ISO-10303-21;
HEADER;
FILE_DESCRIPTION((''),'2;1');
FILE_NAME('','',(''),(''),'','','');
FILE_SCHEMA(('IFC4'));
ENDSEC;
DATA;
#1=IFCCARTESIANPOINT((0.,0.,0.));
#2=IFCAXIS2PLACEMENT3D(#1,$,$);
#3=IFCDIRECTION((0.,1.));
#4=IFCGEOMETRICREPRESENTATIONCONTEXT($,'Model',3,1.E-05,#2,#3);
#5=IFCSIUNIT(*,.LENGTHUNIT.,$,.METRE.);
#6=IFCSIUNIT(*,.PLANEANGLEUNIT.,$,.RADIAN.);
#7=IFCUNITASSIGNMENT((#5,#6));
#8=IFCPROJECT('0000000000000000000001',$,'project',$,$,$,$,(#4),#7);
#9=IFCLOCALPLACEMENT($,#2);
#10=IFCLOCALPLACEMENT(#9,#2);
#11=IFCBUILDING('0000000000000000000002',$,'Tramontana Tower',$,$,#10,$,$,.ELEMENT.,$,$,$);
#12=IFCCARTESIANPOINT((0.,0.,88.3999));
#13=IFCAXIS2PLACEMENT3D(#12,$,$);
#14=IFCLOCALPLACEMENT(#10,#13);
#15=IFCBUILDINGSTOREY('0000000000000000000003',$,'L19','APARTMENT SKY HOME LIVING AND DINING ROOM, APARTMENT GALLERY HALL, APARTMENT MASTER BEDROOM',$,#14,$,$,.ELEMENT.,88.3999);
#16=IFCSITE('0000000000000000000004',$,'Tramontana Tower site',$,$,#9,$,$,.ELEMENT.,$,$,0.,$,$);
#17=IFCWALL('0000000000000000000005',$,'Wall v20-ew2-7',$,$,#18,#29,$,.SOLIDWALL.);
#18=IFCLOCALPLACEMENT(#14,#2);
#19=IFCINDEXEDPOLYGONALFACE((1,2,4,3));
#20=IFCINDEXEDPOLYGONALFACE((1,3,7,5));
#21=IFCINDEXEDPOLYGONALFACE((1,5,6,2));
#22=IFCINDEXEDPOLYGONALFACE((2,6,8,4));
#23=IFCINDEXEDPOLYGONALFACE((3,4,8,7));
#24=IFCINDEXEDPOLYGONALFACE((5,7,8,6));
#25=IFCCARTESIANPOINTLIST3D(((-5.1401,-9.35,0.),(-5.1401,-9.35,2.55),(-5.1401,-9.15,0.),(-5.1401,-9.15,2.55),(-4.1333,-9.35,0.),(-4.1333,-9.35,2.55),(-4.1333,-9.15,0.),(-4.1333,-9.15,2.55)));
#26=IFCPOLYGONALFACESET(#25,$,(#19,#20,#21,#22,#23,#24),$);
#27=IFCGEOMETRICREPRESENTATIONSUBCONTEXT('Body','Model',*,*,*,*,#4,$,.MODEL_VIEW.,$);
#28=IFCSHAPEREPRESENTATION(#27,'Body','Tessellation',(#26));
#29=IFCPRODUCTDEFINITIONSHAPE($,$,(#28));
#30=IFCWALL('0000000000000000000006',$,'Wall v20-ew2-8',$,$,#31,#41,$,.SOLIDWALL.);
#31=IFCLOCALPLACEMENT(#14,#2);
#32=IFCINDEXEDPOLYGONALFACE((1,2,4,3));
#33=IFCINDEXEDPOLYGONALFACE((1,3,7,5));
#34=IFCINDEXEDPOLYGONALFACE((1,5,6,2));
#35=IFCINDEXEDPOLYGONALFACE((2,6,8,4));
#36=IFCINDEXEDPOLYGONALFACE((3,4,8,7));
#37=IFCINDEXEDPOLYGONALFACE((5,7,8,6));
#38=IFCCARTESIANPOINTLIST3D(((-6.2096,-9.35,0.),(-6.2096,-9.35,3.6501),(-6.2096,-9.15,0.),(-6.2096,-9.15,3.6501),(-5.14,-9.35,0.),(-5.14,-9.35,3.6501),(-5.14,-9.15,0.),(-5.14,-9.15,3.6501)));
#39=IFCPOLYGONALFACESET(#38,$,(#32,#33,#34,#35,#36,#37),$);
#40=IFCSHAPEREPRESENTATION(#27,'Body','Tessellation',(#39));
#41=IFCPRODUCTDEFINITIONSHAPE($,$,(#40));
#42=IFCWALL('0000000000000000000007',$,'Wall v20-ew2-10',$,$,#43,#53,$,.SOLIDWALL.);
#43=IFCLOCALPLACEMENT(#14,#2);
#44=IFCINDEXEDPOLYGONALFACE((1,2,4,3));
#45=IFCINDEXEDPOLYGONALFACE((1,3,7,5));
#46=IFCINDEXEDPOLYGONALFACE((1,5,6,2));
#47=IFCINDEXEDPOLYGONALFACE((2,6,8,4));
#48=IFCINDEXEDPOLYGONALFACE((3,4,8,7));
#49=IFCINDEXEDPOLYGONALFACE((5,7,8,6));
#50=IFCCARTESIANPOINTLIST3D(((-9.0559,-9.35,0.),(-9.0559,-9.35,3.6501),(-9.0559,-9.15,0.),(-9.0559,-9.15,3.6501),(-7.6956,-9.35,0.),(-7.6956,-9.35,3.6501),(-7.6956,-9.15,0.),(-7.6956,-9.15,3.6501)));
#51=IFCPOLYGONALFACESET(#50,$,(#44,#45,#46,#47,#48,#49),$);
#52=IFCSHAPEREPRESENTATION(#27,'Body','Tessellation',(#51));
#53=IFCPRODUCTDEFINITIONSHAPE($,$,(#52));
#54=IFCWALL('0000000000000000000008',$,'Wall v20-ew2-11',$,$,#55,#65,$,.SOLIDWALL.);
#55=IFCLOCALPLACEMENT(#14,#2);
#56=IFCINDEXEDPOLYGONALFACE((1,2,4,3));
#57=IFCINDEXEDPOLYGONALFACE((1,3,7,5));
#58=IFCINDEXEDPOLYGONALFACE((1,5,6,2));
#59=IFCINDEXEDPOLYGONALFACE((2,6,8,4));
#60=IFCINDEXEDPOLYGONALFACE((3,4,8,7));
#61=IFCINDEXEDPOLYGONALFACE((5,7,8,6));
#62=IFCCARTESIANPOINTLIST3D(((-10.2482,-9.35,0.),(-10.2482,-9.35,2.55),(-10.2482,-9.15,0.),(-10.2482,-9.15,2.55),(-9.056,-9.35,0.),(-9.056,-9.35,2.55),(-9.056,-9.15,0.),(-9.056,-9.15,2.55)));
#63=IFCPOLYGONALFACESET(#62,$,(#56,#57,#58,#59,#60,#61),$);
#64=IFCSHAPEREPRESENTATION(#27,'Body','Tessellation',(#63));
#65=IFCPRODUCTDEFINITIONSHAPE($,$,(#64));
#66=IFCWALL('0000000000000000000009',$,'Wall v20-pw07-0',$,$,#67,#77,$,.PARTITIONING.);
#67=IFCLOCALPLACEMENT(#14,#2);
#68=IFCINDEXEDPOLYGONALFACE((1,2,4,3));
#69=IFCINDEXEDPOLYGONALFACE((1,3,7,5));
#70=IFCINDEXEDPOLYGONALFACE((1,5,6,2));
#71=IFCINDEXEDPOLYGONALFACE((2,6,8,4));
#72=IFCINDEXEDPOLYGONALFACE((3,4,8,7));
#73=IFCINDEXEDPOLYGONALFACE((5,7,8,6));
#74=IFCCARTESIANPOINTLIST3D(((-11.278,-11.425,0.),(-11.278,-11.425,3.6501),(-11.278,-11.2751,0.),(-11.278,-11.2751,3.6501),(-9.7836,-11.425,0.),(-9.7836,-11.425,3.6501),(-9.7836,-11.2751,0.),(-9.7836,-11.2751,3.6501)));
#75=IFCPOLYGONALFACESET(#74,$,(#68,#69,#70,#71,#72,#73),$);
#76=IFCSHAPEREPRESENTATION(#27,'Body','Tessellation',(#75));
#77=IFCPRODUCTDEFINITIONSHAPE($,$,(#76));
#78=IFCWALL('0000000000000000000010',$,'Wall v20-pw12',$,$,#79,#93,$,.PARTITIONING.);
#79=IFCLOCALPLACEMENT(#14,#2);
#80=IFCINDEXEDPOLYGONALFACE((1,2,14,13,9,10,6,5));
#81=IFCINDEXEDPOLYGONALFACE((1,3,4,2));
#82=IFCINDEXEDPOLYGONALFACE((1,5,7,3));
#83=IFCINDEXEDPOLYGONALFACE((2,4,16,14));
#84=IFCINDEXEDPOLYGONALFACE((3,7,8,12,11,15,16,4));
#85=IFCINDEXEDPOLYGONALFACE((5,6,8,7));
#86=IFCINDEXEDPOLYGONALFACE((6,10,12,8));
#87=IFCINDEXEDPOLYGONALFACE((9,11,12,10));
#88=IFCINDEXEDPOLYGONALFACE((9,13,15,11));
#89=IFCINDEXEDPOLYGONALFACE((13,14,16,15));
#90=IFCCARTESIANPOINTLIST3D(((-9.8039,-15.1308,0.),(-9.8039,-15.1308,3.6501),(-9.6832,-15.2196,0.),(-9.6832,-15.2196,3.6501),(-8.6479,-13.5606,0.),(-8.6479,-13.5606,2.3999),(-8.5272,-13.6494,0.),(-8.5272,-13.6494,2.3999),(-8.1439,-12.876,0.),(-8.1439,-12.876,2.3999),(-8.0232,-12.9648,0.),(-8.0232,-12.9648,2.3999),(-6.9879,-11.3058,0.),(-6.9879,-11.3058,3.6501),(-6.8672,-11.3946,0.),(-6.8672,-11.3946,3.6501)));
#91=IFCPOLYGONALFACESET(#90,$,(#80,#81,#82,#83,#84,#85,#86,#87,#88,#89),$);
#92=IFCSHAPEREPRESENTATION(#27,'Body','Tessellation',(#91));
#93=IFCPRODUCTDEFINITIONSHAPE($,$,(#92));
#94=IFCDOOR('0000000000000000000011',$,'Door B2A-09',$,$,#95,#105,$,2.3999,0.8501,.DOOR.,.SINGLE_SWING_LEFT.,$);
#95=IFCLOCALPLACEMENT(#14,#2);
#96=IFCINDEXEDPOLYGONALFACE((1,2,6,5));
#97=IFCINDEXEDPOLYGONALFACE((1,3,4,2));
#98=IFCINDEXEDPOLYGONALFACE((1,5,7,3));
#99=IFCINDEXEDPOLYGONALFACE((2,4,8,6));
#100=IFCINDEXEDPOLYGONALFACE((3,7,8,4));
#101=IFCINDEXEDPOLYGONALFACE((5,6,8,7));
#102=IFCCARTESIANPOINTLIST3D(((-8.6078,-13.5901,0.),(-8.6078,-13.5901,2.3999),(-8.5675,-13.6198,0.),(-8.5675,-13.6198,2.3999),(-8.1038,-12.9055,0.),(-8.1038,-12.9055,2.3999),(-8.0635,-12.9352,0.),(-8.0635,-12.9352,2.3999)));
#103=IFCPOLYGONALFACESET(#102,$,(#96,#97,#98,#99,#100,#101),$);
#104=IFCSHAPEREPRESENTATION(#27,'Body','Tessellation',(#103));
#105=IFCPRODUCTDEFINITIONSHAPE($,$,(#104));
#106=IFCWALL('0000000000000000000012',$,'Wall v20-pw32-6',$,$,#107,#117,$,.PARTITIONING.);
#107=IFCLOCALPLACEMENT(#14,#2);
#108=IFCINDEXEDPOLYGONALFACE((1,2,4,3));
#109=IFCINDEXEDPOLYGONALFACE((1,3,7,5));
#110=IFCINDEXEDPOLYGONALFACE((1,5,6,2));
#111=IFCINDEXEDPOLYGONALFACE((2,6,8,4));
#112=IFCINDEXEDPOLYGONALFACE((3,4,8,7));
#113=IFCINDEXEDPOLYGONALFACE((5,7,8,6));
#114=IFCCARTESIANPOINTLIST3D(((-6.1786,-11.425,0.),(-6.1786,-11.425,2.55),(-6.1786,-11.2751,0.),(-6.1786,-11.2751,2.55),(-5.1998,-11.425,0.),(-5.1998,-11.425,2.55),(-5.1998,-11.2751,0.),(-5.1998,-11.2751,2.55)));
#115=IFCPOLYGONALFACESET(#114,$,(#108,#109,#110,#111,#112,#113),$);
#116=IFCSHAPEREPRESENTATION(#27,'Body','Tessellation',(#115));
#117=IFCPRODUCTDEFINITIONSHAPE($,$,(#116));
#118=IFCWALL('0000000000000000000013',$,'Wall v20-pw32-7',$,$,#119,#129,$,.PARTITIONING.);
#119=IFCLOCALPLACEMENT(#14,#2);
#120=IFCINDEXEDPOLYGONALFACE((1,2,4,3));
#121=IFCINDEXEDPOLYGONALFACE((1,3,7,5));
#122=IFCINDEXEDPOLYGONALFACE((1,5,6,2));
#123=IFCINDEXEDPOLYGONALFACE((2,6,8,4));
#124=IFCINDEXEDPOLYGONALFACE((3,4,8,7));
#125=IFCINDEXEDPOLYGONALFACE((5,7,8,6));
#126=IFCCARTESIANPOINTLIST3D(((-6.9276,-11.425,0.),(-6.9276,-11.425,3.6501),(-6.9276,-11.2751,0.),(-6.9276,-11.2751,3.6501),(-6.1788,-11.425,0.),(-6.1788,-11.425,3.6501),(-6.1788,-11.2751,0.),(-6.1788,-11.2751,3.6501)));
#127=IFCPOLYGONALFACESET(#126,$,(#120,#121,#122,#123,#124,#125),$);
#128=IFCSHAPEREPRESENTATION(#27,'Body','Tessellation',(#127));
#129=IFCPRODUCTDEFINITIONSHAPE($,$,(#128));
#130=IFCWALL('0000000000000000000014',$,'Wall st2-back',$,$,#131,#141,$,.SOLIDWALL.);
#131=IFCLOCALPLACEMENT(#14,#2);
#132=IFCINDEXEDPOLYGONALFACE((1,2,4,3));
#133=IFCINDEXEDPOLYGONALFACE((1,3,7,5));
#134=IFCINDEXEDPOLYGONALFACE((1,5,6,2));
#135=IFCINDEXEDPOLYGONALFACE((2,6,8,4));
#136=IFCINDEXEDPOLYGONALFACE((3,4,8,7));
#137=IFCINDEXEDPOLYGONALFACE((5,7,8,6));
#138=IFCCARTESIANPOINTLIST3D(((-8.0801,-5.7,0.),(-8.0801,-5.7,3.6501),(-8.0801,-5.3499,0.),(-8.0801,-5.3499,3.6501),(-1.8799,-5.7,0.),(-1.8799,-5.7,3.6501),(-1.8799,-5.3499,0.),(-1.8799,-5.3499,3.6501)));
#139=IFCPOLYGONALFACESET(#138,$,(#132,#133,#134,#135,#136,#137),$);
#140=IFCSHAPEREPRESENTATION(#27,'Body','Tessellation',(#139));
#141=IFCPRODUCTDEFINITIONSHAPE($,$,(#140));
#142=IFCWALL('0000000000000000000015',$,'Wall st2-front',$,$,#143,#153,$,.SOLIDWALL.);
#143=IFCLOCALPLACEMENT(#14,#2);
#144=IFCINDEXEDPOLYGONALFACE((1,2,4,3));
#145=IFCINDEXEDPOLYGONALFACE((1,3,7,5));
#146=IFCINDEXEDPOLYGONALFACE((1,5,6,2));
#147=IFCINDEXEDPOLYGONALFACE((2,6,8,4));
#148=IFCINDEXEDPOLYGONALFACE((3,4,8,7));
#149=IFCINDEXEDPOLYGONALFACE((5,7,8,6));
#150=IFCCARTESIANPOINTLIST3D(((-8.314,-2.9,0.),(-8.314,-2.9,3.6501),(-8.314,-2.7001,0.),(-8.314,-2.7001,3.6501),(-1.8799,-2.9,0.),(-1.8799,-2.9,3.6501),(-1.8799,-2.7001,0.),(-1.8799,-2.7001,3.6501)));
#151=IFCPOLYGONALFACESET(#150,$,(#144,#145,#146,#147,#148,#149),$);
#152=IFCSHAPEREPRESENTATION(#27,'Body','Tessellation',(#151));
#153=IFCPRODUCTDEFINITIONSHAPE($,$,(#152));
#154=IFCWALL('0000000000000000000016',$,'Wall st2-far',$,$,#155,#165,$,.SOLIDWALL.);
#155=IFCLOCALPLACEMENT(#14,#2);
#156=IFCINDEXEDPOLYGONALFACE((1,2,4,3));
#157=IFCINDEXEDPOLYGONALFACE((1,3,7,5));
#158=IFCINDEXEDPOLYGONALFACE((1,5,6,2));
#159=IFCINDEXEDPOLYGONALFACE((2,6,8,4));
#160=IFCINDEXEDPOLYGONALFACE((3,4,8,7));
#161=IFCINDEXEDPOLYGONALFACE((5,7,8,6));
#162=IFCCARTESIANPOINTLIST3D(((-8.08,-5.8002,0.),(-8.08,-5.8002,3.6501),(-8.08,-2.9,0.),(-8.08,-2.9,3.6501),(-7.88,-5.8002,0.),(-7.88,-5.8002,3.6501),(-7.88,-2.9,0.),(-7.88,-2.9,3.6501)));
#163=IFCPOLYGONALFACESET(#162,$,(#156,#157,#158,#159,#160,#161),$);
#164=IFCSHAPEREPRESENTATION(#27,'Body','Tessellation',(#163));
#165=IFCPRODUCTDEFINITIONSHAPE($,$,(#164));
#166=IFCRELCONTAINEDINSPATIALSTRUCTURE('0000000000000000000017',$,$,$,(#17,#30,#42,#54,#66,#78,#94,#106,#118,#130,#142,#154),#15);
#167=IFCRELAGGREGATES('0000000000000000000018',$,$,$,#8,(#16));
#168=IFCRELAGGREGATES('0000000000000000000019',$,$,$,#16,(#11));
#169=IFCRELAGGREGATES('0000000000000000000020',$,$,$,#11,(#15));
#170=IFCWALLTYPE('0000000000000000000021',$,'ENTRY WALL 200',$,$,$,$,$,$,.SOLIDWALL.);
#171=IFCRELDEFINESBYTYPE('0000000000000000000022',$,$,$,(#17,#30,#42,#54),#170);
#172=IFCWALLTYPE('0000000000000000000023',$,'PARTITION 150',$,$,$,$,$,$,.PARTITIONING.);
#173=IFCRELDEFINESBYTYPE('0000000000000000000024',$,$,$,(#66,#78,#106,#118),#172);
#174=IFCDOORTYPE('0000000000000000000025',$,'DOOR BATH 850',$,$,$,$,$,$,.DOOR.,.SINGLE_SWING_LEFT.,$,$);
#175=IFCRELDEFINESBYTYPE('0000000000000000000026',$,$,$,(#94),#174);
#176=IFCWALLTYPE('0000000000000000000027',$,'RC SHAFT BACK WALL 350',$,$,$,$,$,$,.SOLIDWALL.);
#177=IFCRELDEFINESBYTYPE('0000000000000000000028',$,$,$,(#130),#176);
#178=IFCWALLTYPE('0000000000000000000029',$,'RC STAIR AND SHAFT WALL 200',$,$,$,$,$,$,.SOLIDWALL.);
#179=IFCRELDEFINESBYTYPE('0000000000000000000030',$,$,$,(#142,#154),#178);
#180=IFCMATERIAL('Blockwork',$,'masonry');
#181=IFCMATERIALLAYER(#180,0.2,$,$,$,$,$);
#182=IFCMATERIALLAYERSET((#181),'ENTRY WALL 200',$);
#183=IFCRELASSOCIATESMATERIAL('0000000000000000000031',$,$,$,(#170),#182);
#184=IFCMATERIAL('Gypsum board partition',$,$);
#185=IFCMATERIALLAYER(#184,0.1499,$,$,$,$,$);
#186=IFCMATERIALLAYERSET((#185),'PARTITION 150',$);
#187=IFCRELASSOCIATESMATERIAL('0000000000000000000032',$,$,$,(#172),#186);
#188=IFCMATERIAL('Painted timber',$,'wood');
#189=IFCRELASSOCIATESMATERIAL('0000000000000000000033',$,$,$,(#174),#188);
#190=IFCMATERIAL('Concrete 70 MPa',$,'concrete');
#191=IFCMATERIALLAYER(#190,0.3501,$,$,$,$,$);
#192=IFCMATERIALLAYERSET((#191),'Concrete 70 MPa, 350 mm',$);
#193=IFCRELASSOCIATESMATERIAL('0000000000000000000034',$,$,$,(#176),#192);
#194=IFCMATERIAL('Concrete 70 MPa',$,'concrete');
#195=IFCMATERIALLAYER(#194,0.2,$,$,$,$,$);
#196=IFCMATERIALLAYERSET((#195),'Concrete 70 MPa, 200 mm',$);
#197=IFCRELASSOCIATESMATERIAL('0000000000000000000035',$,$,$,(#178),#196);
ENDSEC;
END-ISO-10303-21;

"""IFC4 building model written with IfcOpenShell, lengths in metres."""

from ifc_helpers import new_model, si_unit, direction, frame, frame_2d, origin, place, context, subcontext, project, spatial, rectangle, extrude, material, layer, layer_set, type_object, element, fill, save


model = new_model("IFC4")

# Units and contexts
model_context = context("Model", 3, precision=1e-05, world=origin(), true_north=direction((0.0, 1.0)))
body_context = subcontext(model_context, "Body", "Model", "MODEL_VIEW")
ifc_project = project(units=[si_unit("LENGTHUNIT", "METRE"), si_unit("PLANEANGLEUNIT", "RADIAN")], contexts=[model_context])

# Site, building, storey
site_placement = place(None, origin())
site = spatial("IfcSite", under=ifc_project, at=site_placement, Name="Tramontana Tower site", CompositionType="ELEMENT", RefElevation=0.0)
building_placement = place(site_placement, origin())
building = spatial("IfcBuilding", under=site, at=building_placement, Name="Tramontana Tower", CompositionType="ELEMENT")
storey_placement = place(building_placement, frame((0.0, 0.0, 88.3999)))
storey = spatial("IfcBuildingStorey", under=building, at=storey_placement, Name="L19", Description="APARTMENT SKY HOME LIVING AND DINING ROOM, APARTMENT GALLERY HALL, APARTMENT MASTER BEDROOM", CompositionType="ELEMENT", Elevation=88.3999)

# Walls
ifc_material_1 = material(Name="Blockwork", Category="masonry")
ifc_layer_1 = layer(ifc_material_1, 0.2)
ifc_layer_set_1 = layer_set([ifc_layer_1], Name="ENTRY WALL 200")
wall_type_1 = type_object("IfcWallType", Name="ENTRY WALL 200", PredefinedType="SOLIDWALL", material=ifc_layer_set_1)
wall_1_placement = place(storey_placement, frame((-4.1333, -9.25, 0.0), z_axis=(0.0, 0.0, 1.0), x_axis=(-1.0, 0.0, 0.0)))
element("IfcWall", 1, at=wall_1_placement, inside=storey, type_object=wall_type_1, Name="Wall v20-ew2-7", PredefinedType="SOLIDWALL", context=body_context, shape_type="SweptSolid", body=[
    extrude(rectangle(XDim=1.0068, YDim=0.2, at=frame_2d((0.5034, 0.0))), origin(), (0.0, 0.0, 1.0), 2.55),
])
wall_2_placement = place(storey_placement, frame((-5.1401, -9.25, 0.0), z_axis=(0.0, 0.0, 1.0), x_axis=(-1.0, 0.0, 0.0)))
element("IfcWall", 2, at=wall_2_placement, inside=storey, type_object=wall_type_1, Name="Wall v20-ew2-8", PredefinedType="SOLIDWALL", context=body_context, shape_type="SweptSolid", body=[
    extrude(rectangle(XDim=1.0696, YDim=0.2, at=frame_2d((0.5347, 0.0))), origin(), (0.0, 0.0, 1.0), 3.6501),
])

# Walls
wall_3_placement = place(storey_placement, frame((-7.6956, -9.25, 0.0), z_axis=(0.0, 0.0, 1.0), x_axis=(-1.0, 0.0, 0.0)))
element("IfcWall", 3, at=wall_3_placement, inside=storey, type_object=wall_type_1, Name="Wall v20-ew2-10", PredefinedType="SOLIDWALL", context=body_context, shape_type="SweptSolid", body=[
    extrude(rectangle(XDim=1.3604, YDim=0.2, at=frame_2d((0.6802, 0.0))), origin(), (0.0, 0.0, 1.0), 3.6501),
])
wall_4_placement = place(storey_placement, frame((-9.0559, -9.25, 0.0), z_axis=(0.0, 0.0, 1.0), x_axis=(-1.0, 0.0, 0.0)))
element("IfcWall", 4, at=wall_4_placement, inside=storey, type_object=wall_type_1, Name="Wall v20-ew2-11", PredefinedType="SOLIDWALL", context=body_context, shape_type="SweptSolid", body=[
    extrude(rectangle(XDim=1.1921, YDim=0.2, at=frame_2d((0.5962, 0.0))), origin(), (0.0, 0.0, 1.0), 2.55),
])
ifc_material_2 = material(Name="Gypsum board partition")
ifc_layer_2 = layer(ifc_material_2, 0.1499)
ifc_layer_set_2 = layer_set([ifc_layer_2], Name="PARTITION 150")
wall_type_2 = type_object("IfcWallType", Name="PARTITION 150", PredefinedType="PARTITIONING", material=ifc_layer_set_2)
wall_5_placement = place(storey_placement, frame((-9.7837, -11.3501, 0.0), z_axis=(0.0, 0.0, 1.0), x_axis=(-1.0, 0.0, 0.0)))
element("IfcWall", 5, at=wall_5_placement, inside=storey, type_object=wall_type_2, Name="Wall v20-pw07-0", PredefinedType="PARTITIONING", context=body_context, shape_type="SweptSolid", body=[
    extrude(rectangle(XDim=1.4944, YDim=0.1499, at=frame_2d((0.7471, 0.0))), origin(), (0.0, 0.0, 1.0), 3.6501),
])

# Wall, opening, door
wall_6_placement = place(storey_placement, frame((-6.9275, -11.3501, 0.0), z_axis=(0.0, 0.0, 1.0), x_axis=(-0.592862, -0.805304, 0.0)))
wall_6 = element("IfcWall", 6, at=wall_6_placement, inside=storey, type_object=wall_type_2, Name="Wall v20-pw12", PredefinedType="PARTITIONING", context=body_context, shape_type="SweptSolid", body=[
    extrude(rectangle(XDim=4.7498, YDim=0.1499, at=frame_2d((2.375, 0.0))), origin(), (0.0, 0.0, 1.0), 3.6501),
])
opening_1_placement = place(wall_6_placement, frame((1.95, 0.0, 0.0)))
opening_1 = element("IfcOpeningElement", 7, at=opening_1_placement, cuts=wall_6, PredefinedType="OPENING", context=body_context, shape_type="SweptSolid", body=[
    extrude(rectangle(XDim=0.8501, YDim=2.3999, at=frame_2d((0.425, 1.2))), frame((0.0, 0.085, 0.0), z_axis=(0.0, -1.0, 0.0), x_axis=(1.0, 0.0, 0.0)), (0.0, 0.0, 1.0), 0.1699),
])
ifc_material_3 = material(Name="Painted timber", Category="wood")
door_type_1 = type_object("IfcDoorType", Name="DOOR BATH 850", OperationType="SINGLE_SWING_LEFT", PredefinedType="DOOR", material=ifc_material_3)
door_1_placement = place(opening_1_placement, origin())
door_1 = element("IfcDoor", 8, at=door_1_placement, inside=storey, type_object=door_type_1, Name="Door B2A-09", OperationType="SINGLE_SWING_LEFT", OverallHeight=2.3999, OverallWidth=0.8501, PredefinedType="DOOR", context=body_context, shape_type="SweptSolid", body=[
    extrude(rectangle(XDim=0.8501, YDim=2.3999, at=frame_2d((0.425, 1.2))), frame((0.0, 0.0249, 0.0), z_axis=(0.0, -1.0, 0.0), x_axis=(1.0, 0.0, 0.0)), (0.0, 0.0, 1.0), 0.05),
])
fill(opening_1, door_1)

# Walls
wall_7_placement = place(storey_placement, frame((-5.2, -11.3501, 0.0), z_axis=(0.0, 0.0, 1.0), x_axis=(-1.0, 0.0, 0.0)))
element("IfcWall", 9, at=wall_7_placement, inside=storey, type_object=wall_type_2, Name="Wall v20-pw32-6", PredefinedType="PARTITIONING", context=body_context, shape_type="SweptSolid", body=[
    extrude(rectangle(XDim=0.9788, YDim=0.1499, at=frame_2d((0.4893, 0.0))), origin(), (0.0, 0.0, 1.0), 2.55),
])
wall_8_placement = place(storey_placement, frame((-6.1787, -11.3501, 0.0), z_axis=(0.0, 0.0, 1.0), x_axis=(-1.0, 0.0, 0.0)))
element("IfcWall", 10, at=wall_8_placement, inside=storey, type_object=wall_type_2, Name="Wall v20-pw32-7", PredefinedType="PARTITIONING", context=body_context, shape_type="SweptSolid", body=[
    extrude(rectangle(XDim=0.7488, YDim=0.1499, at=frame_2d((0.3745, 0.0))), origin(), (0.0, 0.0, 1.0), 3.6501),
])
ifc_material_4 = material(Name="Concrete 70 MPa", Category="concrete")
ifc_layer_3 = layer(ifc_material_4, 0.3501)
ifc_layer_set_3 = layer_set([ifc_layer_3], Name="Concrete 70 MPa, 350 mm")
wall_type_3 = type_object("IfcWallType", Name="RC SHAFT BACK WALL 350", PredefinedType="SOLIDWALL", material=ifc_layer_set_3)
wall_9_placement = place(storey_placement, frame((-8.0801, -5.5249, 0.0), z_axis=(0.0, 0.0, 1.0), x_axis=(1.0, 0.0, 0.0)))
element("IfcWall", 11, at=wall_9_placement, inside=storey, type_object=wall_type_3, Name="Wall st2-back", PredefinedType="SOLIDWALL", context=body_context, shape_type="SweptSolid", body=[
    extrude(rectangle(XDim=6.2002, YDim=0.3501, at=frame_2d((3.1001, 0.0))), origin(), (0.0, 0.0, 1.0), 3.6501),
])
ifc_material_5 = material(Name="Concrete 70 MPa", Category="concrete")
ifc_layer_4 = layer(ifc_material_5, 0.2)
ifc_layer_set_4 = layer_set([ifc_layer_4], Name="Concrete 70 MPa, 200 mm")
wall_type_4 = type_object("IfcWallType", Name="RC STAIR AND SHAFT WALL 200", PredefinedType="SOLIDWALL", material=ifc_layer_set_4)
wall_10_placement = place(storey_placement, frame((-8.314, -2.8, 0.0), z_axis=(0.0, 0.0, 1.0), x_axis=(1.0, 0.0, 0.0)))
element("IfcWall", 12, at=wall_10_placement, inside=storey, type_object=wall_type_4, Name="Wall st2-front", PredefinedType="SOLIDWALL", context=body_context, shape_type="SweptSolid", body=[
    extrude(rectangle(XDim=6.4341, YDim=0.2, at=frame_2d((3.217, 0.0))), origin(), (0.0, 0.0, 1.0), 3.6501),
])
wall_11_placement = place(storey_placement, frame((-7.98, -2.8999, 0.0), z_axis=(0.0, 0.0, 1.0), x_axis=(0.0, -1.0, 0.0)))
element("IfcWall", 13, at=wall_11_placement, inside=storey, type_object=wall_type_4, Name="Wall st2-far", PredefinedType="SOLIDWALL", context=body_context, shape_type="SweptSolid", body=[
    extrude(rectangle(XDim=2.9001, YDim=0.2, at=frame_2d((1.4502, 0.0))), origin(), (0.0, 0.0, 1.0), 3.6501),
])

save(model, "model.ifc")
